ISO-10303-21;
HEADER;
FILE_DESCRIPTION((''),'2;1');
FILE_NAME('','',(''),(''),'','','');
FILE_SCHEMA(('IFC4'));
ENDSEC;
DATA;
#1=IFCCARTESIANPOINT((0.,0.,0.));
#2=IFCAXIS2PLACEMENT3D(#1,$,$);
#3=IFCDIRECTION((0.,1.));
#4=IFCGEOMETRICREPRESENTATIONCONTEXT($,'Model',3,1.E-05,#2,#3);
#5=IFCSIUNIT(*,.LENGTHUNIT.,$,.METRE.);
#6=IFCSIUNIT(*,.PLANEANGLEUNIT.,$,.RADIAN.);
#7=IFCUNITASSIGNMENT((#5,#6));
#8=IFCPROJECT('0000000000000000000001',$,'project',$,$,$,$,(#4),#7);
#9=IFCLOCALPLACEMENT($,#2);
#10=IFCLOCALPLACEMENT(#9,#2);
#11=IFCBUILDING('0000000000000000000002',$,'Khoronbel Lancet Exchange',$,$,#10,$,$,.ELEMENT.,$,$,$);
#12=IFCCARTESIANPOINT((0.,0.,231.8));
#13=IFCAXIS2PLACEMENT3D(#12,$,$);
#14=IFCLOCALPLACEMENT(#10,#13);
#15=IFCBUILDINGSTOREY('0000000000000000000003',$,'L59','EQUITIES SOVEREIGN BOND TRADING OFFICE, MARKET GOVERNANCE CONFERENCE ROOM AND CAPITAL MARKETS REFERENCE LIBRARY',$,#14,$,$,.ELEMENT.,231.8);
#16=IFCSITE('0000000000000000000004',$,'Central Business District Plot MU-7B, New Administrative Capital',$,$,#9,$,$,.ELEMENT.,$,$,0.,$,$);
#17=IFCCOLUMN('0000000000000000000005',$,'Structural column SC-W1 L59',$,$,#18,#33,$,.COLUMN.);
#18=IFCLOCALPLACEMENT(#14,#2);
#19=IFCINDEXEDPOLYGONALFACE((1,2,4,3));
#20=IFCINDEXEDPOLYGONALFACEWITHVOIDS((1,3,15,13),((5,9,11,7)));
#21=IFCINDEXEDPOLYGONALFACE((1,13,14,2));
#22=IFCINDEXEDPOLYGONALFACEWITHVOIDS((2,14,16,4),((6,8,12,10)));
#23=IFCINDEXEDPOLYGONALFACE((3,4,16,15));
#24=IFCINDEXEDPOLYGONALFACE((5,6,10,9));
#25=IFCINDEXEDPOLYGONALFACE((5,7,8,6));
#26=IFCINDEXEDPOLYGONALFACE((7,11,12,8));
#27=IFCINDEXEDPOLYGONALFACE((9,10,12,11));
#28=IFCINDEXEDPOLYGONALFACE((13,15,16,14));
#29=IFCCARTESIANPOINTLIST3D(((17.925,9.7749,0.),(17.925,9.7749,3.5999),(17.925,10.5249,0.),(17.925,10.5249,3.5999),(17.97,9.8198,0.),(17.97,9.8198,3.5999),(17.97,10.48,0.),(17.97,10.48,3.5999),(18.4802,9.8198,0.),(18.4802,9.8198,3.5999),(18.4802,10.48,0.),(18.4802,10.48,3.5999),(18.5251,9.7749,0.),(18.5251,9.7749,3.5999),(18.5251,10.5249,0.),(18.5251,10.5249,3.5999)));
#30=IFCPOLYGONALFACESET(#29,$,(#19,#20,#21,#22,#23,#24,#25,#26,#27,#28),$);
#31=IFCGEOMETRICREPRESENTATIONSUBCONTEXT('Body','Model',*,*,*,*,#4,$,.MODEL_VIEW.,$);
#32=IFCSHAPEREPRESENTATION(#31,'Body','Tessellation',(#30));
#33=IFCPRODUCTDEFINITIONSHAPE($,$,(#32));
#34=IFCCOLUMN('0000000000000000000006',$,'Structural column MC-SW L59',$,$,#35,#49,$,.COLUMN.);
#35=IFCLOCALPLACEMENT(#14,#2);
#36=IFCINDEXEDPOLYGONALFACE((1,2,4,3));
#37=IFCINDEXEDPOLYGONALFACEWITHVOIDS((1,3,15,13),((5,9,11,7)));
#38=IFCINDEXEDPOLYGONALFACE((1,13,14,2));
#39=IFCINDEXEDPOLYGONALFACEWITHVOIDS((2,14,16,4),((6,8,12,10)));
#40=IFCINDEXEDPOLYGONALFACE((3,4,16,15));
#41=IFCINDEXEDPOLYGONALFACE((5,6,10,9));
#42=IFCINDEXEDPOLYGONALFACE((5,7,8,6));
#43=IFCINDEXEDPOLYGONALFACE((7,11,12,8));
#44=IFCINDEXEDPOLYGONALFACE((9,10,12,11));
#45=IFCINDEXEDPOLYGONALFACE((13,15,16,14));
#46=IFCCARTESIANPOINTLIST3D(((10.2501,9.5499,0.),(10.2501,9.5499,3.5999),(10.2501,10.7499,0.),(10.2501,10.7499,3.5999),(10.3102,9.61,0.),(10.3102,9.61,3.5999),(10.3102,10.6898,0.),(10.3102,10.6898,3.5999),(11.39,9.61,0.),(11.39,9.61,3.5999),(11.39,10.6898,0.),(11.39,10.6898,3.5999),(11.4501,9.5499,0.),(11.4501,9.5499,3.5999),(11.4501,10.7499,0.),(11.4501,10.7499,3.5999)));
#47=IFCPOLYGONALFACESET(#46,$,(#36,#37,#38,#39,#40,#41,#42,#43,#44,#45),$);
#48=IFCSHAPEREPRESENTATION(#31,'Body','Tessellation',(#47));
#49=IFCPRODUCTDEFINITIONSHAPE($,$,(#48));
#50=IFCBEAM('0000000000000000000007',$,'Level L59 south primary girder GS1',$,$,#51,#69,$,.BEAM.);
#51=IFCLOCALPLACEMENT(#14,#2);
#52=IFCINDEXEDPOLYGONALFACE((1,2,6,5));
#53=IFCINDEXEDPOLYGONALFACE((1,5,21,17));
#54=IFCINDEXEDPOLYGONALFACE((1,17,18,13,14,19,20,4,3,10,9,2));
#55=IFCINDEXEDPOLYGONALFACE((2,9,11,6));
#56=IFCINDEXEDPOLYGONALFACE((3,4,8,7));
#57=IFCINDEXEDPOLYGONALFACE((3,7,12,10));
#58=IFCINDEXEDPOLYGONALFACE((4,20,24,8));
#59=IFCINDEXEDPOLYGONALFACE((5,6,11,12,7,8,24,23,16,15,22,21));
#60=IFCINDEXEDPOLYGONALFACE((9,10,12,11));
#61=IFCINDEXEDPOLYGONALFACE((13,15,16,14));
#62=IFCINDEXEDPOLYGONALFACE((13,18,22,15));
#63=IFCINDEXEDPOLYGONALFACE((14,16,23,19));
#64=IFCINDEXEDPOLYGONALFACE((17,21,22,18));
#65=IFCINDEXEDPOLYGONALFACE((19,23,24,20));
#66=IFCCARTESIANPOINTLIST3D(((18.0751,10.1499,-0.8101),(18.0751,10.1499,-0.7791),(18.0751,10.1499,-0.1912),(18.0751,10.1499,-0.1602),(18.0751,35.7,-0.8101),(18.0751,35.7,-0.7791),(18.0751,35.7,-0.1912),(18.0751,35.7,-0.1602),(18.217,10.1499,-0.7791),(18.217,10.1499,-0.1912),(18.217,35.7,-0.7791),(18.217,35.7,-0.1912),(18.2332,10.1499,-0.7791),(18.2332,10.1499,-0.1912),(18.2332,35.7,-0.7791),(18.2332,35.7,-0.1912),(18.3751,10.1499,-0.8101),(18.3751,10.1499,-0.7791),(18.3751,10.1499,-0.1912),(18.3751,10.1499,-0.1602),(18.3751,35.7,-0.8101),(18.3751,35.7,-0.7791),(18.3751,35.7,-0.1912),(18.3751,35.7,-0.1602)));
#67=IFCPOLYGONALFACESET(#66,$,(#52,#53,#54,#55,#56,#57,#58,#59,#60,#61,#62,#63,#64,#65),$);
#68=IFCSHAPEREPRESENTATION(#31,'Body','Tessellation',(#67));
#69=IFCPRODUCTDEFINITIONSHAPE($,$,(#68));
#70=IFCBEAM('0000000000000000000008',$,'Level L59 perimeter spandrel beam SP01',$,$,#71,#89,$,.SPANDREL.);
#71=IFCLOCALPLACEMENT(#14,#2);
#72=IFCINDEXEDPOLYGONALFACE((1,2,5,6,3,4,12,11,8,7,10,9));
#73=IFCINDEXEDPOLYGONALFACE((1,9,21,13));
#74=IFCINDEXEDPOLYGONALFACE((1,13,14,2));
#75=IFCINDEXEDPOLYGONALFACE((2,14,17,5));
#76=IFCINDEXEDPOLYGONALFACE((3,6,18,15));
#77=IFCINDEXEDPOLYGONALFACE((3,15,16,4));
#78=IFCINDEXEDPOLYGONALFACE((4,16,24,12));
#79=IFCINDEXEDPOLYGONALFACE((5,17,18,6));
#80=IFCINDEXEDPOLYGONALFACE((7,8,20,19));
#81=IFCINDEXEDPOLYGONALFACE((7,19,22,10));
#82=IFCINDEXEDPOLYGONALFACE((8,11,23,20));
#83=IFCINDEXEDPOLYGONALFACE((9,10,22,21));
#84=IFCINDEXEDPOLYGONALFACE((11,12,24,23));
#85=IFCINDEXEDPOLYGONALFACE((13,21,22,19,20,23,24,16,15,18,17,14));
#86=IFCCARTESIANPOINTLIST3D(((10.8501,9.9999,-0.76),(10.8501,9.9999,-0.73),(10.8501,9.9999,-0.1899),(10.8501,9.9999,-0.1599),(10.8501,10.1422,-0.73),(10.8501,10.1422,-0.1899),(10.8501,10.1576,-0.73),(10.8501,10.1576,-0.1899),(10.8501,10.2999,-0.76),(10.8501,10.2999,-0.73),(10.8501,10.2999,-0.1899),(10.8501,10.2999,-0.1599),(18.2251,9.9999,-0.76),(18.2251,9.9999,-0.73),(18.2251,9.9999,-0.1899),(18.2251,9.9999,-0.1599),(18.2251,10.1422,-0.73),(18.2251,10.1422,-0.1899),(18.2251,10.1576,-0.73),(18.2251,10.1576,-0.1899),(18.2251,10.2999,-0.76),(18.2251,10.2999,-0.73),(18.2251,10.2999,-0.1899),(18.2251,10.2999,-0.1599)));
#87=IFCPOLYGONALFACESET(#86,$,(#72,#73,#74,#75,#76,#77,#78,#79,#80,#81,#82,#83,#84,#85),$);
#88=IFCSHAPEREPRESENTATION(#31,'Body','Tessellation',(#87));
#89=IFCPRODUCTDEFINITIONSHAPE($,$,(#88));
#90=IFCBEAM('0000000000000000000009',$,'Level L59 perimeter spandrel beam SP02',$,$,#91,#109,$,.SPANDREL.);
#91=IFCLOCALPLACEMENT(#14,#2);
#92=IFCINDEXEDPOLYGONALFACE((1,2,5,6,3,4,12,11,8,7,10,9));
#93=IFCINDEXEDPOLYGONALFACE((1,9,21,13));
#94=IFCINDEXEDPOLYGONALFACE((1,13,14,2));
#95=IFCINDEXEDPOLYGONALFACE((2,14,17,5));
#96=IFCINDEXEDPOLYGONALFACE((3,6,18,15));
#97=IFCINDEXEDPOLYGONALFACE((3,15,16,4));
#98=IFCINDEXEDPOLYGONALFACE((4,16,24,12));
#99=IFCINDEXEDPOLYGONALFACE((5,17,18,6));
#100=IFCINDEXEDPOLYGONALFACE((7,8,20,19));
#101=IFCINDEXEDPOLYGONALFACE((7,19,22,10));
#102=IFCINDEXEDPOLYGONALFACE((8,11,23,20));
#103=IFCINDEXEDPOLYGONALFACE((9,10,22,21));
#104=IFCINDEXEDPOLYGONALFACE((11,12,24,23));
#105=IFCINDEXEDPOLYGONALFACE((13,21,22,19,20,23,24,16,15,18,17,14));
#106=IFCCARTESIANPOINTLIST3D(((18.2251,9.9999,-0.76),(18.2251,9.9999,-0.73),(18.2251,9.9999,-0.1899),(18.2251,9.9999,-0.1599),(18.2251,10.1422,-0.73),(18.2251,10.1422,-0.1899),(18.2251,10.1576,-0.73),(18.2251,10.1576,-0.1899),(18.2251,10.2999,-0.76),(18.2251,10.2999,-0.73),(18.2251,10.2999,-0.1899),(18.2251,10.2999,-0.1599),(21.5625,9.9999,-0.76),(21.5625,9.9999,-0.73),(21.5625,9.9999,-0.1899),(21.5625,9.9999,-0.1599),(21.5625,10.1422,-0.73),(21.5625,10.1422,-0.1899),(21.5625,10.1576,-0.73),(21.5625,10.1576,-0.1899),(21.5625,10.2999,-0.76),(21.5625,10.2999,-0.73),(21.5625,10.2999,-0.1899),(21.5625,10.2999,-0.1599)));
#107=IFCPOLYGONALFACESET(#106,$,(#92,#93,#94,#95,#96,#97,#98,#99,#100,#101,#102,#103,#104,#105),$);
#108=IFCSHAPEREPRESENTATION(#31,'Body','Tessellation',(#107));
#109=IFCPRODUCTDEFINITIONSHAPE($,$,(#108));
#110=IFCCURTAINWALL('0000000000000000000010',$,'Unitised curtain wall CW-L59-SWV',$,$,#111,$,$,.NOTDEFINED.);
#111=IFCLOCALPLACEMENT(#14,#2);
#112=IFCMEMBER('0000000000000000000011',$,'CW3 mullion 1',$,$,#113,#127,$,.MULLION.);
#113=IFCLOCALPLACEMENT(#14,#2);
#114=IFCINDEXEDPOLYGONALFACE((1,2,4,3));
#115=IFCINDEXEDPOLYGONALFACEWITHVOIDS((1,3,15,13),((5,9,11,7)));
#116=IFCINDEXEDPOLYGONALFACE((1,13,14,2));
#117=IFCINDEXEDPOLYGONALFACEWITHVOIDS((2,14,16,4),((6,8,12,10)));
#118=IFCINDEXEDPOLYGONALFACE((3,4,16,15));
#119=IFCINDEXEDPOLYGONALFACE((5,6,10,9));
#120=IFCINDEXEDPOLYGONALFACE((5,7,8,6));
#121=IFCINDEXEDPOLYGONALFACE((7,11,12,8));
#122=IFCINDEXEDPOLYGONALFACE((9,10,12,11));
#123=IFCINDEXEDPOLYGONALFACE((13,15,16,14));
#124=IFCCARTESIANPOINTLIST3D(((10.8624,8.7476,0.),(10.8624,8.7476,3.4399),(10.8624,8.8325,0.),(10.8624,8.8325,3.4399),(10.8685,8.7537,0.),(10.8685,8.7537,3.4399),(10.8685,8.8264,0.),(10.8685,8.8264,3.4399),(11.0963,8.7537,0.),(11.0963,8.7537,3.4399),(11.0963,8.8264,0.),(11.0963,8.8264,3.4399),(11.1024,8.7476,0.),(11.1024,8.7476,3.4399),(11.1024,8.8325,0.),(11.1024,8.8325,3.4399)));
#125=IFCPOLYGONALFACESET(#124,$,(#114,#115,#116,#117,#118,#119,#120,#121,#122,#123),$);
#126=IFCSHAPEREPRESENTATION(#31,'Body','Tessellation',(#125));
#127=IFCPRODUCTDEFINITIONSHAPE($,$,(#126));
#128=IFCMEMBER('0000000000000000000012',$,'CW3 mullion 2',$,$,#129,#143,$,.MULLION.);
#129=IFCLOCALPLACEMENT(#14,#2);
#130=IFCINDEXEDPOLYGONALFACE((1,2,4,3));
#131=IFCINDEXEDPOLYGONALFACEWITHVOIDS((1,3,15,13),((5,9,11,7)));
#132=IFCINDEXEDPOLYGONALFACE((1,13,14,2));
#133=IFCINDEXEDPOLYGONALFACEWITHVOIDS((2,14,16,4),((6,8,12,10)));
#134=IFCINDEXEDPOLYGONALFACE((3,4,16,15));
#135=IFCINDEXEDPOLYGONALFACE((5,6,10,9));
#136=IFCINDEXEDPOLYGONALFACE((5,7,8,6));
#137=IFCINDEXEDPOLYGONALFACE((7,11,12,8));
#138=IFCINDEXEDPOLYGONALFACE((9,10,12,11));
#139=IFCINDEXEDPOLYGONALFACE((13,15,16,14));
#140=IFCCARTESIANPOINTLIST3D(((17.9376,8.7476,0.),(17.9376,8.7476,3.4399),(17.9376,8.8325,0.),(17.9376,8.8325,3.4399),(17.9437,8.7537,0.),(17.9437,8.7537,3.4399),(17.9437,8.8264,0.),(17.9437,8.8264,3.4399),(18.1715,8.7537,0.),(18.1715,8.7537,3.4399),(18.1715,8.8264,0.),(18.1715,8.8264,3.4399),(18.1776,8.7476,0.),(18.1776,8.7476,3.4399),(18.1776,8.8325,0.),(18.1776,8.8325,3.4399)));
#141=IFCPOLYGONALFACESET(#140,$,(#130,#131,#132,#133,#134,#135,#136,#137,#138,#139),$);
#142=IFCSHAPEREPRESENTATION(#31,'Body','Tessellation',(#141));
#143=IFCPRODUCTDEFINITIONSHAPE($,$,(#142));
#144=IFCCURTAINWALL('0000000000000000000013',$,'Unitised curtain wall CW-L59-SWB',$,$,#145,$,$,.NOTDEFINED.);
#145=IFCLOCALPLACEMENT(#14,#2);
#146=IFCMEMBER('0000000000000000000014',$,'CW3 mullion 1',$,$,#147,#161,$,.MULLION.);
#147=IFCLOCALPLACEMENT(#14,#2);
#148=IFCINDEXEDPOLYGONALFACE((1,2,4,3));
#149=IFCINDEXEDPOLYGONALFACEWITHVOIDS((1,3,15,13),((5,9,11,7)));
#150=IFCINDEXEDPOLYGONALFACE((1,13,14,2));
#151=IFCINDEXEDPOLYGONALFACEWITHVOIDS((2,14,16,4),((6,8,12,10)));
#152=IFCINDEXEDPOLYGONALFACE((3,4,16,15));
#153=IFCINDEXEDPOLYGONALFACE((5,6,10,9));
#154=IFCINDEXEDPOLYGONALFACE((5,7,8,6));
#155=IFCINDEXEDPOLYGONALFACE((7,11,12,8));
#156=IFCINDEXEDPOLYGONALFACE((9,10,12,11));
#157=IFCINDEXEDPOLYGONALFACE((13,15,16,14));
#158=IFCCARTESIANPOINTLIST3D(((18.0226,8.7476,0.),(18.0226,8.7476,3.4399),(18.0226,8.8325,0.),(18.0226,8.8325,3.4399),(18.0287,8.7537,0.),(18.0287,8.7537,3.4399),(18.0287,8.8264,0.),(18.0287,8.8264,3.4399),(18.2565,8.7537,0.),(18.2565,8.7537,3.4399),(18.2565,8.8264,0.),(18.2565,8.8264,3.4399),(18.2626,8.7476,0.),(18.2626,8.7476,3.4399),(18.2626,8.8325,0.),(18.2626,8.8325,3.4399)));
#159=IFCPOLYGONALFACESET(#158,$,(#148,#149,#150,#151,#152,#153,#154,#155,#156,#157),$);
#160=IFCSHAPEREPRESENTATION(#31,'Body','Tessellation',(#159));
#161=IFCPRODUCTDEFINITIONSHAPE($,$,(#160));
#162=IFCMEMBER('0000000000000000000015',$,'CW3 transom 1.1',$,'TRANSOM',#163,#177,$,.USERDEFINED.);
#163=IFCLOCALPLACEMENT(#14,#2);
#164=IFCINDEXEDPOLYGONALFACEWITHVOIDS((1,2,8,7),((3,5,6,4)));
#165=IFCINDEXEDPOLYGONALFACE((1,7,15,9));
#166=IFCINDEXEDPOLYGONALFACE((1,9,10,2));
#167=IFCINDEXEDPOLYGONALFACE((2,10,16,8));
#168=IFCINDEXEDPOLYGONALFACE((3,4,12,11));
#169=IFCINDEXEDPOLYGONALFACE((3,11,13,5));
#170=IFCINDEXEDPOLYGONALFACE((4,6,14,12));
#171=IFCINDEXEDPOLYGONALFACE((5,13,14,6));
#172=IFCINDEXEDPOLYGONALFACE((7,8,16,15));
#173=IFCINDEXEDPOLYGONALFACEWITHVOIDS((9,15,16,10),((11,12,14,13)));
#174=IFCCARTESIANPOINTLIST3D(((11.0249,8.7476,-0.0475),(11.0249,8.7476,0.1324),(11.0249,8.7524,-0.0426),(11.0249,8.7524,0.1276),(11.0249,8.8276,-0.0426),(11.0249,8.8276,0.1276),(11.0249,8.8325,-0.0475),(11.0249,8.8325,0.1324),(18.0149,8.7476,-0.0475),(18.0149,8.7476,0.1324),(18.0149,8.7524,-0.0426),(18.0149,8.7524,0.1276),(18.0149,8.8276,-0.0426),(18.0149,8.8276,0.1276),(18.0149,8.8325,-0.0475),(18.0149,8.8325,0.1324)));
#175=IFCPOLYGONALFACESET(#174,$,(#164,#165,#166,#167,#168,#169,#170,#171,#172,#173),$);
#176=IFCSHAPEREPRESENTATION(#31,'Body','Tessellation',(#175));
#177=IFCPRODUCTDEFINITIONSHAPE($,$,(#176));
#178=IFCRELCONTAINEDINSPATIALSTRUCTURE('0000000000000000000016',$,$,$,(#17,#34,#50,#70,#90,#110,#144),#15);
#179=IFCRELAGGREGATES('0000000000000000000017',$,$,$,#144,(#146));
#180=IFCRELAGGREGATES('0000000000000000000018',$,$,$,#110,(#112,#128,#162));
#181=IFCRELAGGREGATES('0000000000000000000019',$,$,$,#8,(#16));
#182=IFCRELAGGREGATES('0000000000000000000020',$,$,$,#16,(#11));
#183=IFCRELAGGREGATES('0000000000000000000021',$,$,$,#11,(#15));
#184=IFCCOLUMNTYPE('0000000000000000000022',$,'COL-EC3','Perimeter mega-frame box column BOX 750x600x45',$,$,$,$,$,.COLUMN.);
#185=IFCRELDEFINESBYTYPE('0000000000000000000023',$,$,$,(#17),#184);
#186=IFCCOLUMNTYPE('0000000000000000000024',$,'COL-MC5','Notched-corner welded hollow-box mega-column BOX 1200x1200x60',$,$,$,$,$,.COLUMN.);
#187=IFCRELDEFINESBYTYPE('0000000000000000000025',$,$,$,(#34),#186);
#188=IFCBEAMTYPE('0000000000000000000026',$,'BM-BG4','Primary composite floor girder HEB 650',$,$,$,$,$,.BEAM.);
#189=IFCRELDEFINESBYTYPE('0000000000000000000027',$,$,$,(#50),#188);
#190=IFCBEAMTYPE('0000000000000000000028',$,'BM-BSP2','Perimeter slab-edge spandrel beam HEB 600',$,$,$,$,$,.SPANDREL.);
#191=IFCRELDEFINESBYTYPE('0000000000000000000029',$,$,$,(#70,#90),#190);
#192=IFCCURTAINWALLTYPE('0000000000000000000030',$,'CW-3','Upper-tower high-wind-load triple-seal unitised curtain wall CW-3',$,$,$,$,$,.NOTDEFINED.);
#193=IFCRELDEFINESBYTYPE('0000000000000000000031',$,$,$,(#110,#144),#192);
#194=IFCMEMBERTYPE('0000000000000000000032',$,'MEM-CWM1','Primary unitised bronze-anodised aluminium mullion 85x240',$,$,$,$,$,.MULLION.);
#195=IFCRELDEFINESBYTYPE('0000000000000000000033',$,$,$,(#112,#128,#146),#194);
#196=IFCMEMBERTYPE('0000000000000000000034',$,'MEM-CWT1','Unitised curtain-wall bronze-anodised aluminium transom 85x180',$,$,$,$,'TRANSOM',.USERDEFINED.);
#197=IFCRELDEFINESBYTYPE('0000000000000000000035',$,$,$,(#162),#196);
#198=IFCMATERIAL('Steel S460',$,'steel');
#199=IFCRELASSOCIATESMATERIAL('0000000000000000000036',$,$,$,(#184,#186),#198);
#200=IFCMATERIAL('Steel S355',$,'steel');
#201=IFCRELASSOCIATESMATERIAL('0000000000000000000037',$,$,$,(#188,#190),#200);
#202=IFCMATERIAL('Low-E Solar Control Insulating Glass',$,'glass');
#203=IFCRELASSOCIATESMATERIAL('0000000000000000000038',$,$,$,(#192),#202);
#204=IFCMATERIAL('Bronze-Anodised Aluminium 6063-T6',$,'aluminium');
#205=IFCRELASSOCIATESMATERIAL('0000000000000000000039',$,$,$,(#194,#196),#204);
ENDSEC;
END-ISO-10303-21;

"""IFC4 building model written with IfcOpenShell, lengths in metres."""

from ifc_helpers import new_model, si_unit, direction, frame, origin, origin_2d, place, context, subcontext, project, spatial, hollow_rectangle, i_section, extrude, material, material_profile, profile_set, type_object, element, aggregate, save


model = new_model("IFC4")

# Units and contexts
model_context = context("Model", 3, precision=1e-05, world=origin(), true_north=direction((0.0, 1.0)))
body_context = subcontext(model_context, "Body", "Model", "MODEL_VIEW")
ifc_project = project(units=[si_unit("LENGTHUNIT", "METRE"), si_unit("PLANEANGLEUNIT", "RADIAN")], contexts=[model_context])

# Site, building, storey
site_placement = place(None, origin())
site = spatial("IfcSite", under=ifc_project, at=site_placement, Name="Central Business District Plot MU-7B, New Administrative Capital", CompositionType="ELEMENT", RefElevation=0.0)
building_placement = place(site_placement, origin())
building = spatial("IfcBuilding", under=site, at=building_placement, Name="Khoronbel Lancet Exchange", CompositionType="ELEMENT")
storey_placement = place(building_placement, frame((0.0, 0.0, 231.8)))
storey = spatial("IfcBuildingStorey", under=building, at=storey_placement, Name="L59", Description="EQUITIES SOVEREIGN BOND TRADING OFFICE, MARKET GOVERNANCE CONFERENCE ROOM AND CAPITAL MARKETS REFERENCE LIBRARY", CompositionType="ELEMENT", Elevation=231.8)

# Columns
ifc_material_1 = material(Name="Steel S460", Category="steel")
ifc_material_profile_1 = material_profile(ifc_material_1, hollow_rectangle(XDim=0.6001, YDim=0.75, WallThickness=0.0449, at=origin_2d()), Name="BOX 750x600x45")
ifc_profile_set_1 = profile_set([ifc_material_profile_1], Name="Steel S460")
column_type_1 = type_object("IfcColumnType", Name="COL-EC3", Description="Perimeter mega-frame box column BOX 750x600x45", PredefinedType="COLUMN", material=ifc_profile_set_1)
column_1_placement = place(storey_placement, frame((18.2251, 10.1499, 0.0), z_axis=(0.0, 0.0, 1.0), x_axis=(1.0, 0.0, 0.0)))
element("IfcColumn", 1, at=column_1_placement, inside=storey, type_object=column_type_1, Name="Structural column SC-W1 L59", PredefinedType="COLUMN", context=body_context, shape_type="SweptSolid", body=[
    extrude(hollow_rectangle(XDim=0.6001, YDim=0.75, WallThickness=0.0449, at=origin_2d()), origin(), (0.0, 0.0, 1.0), 3.5999),
])
ifc_material_profile_2 = material_profile(ifc_material_1, hollow_rectangle(XDim=1.2, YDim=1.2, WallThickness=0.0601, at=origin_2d()), Name="BOX 1200x1200x60")
ifc_profile_set_2 = profile_set([ifc_material_profile_2], Name="Steel S460")
column_type_2 = type_object("IfcColumnType", Name="COL-MC5", Description="Notched-corner welded hollow-box mega-column BOX 1200x1200x60", PredefinedType="COLUMN", material=ifc_profile_set_2)
column_2_placement = place(storey_placement, frame((10.8501, 10.1499, 0.0), z_axis=(0.0, 0.0, 1.0), x_axis=(1.0, 0.0, 0.0)))
element("IfcColumn", 2, at=column_2_placement, inside=storey, type_object=column_type_2, Name="Structural column MC-SW L59", PredefinedType="COLUMN", context=body_context, shape_type="SweptSolid", body=[
    extrude(hollow_rectangle(XDim=1.2, YDim=1.2, WallThickness=0.0601, at=origin_2d()), origin(), (0.0, 0.0, 1.0), 3.5999),
])

# Beams
ifc_material_2 = material(Name="Steel S355", Category="steel")
ifc_material_profile_3 = material_profile(ifc_material_2, i_section(OverallWidth=0.3, OverallDepth=0.6499, WebThickness=0.0161, FlangeThickness=0.031, at=origin_2d()), Name="HEB 650")
ifc_profile_set_3 = profile_set([ifc_material_profile_3], Name="Steel S355")
beam_type_1 = type_object("IfcBeamType", Name="BM-BG4", Description="Primary composite floor girder HEB 650", PredefinedType="BEAM", material=ifc_profile_set_3)
beam_1_placement = place(storey_placement, frame((18.2251, 10.1499, -0.4851), z_axis=(0.0, 1.0, 0.0), x_axis=(-1.0, 0.0, 0.0)))
element("IfcBeam", 3, at=beam_1_placement, inside=storey, type_object=beam_type_1, Name="Level L59 south primary girder GS1", PredefinedType="BEAM", context=body_context, shape_type="SweptSolid", body=[
    extrude(i_section(OverallWidth=0.3, OverallDepth=0.6499, WebThickness=0.0161, FlangeThickness=0.031, at=origin_2d()), origin(), (0.0, 0.0, 1.0), 25.55),
])
ifc_material_profile_4 = material_profile(ifc_material_2, i_section(OverallWidth=0.3, OverallDepth=0.6001, WebThickness=0.0154, FlangeThickness=0.03, at=origin_2d()), Name="HEB 600")
ifc_profile_set_4 = profile_set([ifc_material_profile_4], Name="Steel S355")
beam_type_2 = type_object("IfcBeamType", Name="BM-BSP2", Description="Perimeter slab-edge spandrel beam HEB 600", PredefinedType="SPANDREL", material=ifc_profile_set_4)
beam_2_placement = place(storey_placement, frame((10.8501, 10.1499, -0.46), z_axis=(1.0, 0.0, 0.0), x_axis=(0.0, 1.0, 0.0)))
element("IfcBeam", 4, at=beam_2_placement, inside=storey, type_object=beam_type_2, Name="Level L59 perimeter spandrel beam SP01", PredefinedType="SPANDREL", context=body_context, shape_type="SweptSolid", body=[
    extrude(i_section(OverallWidth=0.3, OverallDepth=0.6001, WebThickness=0.0154, FlangeThickness=0.03, at=origin_2d()), origin(), (0.0, 0.0, 1.0), 7.375),
])
beam_3_placement = place(storey_placement, frame((18.2251, 10.1499, -0.46), z_axis=(1.0, 0.0, 0.0), x_axis=(0.0, 1.0, 0.0)))
element("IfcBeam", 5, at=beam_3_placement, inside=storey, type_object=beam_type_2, Name="Level L59 perimeter spandrel beam SP02", PredefinedType="SPANDREL", context=body_context, shape_type="SweptSolid", body=[
    extrude(i_section(OverallWidth=0.3, OverallDepth=0.6001, WebThickness=0.0154, FlangeThickness=0.03, at=origin_2d()), origin(), (0.0, 0.0, 1.0), 3.3374),
])

# Curtain wall, members
ifc_material_3 = material(Name="Low-E Solar Control Insulating Glass", Category="glass")
curtain_wall_type = type_object("IfcCurtainWallType", Name="CW-3", Description="Upper-tower high-wind-load triple-seal unitised curtain wall CW-3", PredefinedType="NOTDEFINED", material=ifc_material_3)
curtain_wall_1_placement = place(storey_placement, origin())
curtain_wall_1 = element("IfcCurtainWall", 6, at=curtain_wall_1_placement, inside=storey, type_object=curtain_wall_type, Name="Unitised curtain wall CW-L59-SWV", PredefinedType="NOTDEFINED")
ifc_material_4 = material(Name="Bronze-Anodised Aluminium 6063-T6", Category="aluminium")
ifc_material_profile_5 = material_profile(ifc_material_4, hollow_rectangle(XDim=0.085, YDim=0.24, WallThickness=0.0061, at=origin_2d()), Name="ALU MULLION 85x240")
ifc_profile_set_5 = profile_set([ifc_material_profile_5], Name="Bronze-Anodised Aluminium 6063-T6")
member_type_1 = type_object("IfcMemberType", Name="MEM-CWM1", Description="Primary unitised bronze-anodised aluminium mullion 85x240", PredefinedType="MULLION", material=ifc_profile_set_5)
member_1_placement = place(storey_placement, frame((10.9824, 8.79, 0.0), z_axis=(0.0, 0.0, 1.0), x_axis=(0.0, 1.0, 0.0)))
member_1 = element("IfcMember", 7, at=member_1_placement, type_object=member_type_1, Name="CW3 mullion 1", PredefinedType="MULLION", context=body_context, shape_type="SweptSolid", body=[
    extrude(hollow_rectangle(XDim=0.085, YDim=0.24, WallThickness=0.0061, at=origin_2d()), origin(), (0.0, 0.0, 1.0), 3.4399),
])
member_2_placement = place(storey_placement, frame((18.0576, 8.79, 0.0), z_axis=(0.0, 0.0, 1.0), x_axis=(0.0, 1.0, 0.0)))
member_2 = element("IfcMember", 8, at=member_2_placement, type_object=member_type_1, Name="CW3 mullion 2", PredefinedType="MULLION", context=body_context, shape_type="SweptSolid", body=[
    extrude(hollow_rectangle(XDim=0.085, YDim=0.24, WallThickness=0.0061, at=origin_2d()), origin(), (0.0, 0.0, 1.0), 3.4399),
])

# Curtain wall, member
curtain_wall_2_placement = place(storey_placement, origin())
curtain_wall_2 = element("IfcCurtainWall", 9, at=curtain_wall_2_placement, inside=storey, type_object=curtain_wall_type, Name="Unitised curtain wall CW-L59-SWB", PredefinedType="NOTDEFINED")
member_3_placement = place(storey_placement, frame((18.1426, 8.79, 0.0), z_axis=(0.0, 0.0, 1.0), x_axis=(0.0, 1.0, 0.0)))
member_3 = element("IfcMember", 10, at=member_3_placement, type_object=member_type_1, Name="CW3 mullion 1", PredefinedType="MULLION", context=body_context, shape_type="SweptSolid", body=[
    extrude(hollow_rectangle(XDim=0.085, YDim=0.24, WallThickness=0.0061, at=origin_2d()), origin(), (0.0, 0.0, 1.0), 3.4399),
])

# Member
ifc_material_profile_6 = material_profile(ifc_material_4, hollow_rectangle(XDim=0.085, YDim=0.1799, WallThickness=0.0049, at=origin_2d()), Name="ALU TRANSOM 85x180")
ifc_profile_set_6 = profile_set([ifc_material_profile_6], Name="Bronze-Anodised Aluminium 6063-T6")
member_type_2 = type_object("IfcMemberType", Name="MEM-CWT1", Description="Unitised curtain-wall bronze-anodised aluminium transom 85x180", ElementType="TRANSOM", PredefinedType="USERDEFINED", material=ifc_profile_set_6)
member_4_placement = place(storey_placement, frame((11.0249, 8.79, 0.0425), z_axis=(1.0, 0.0, 0.0), x_axis=(0.0, 1.0, 0.0)))
member_4 = element("IfcMember", 11, at=member_4_placement, type_object=member_type_2, Name="CW3 transom 1.1", ObjectType="TRANSOM", PredefinedType="USERDEFINED", context=body_context, shape_type="SweptSolid", body=[
    extrude(hollow_rectangle(XDim=0.085, YDim=0.1799, WallThickness=0.0049, at=origin_2d()), origin(), (0.0, 0.0, 1.0), 6.99),
])
aggregate(curtain_wall_2, [member_3])

aggregate(curtain_wall_1, [member_1, member_2, member_4])

save(model, "model.ifc")
